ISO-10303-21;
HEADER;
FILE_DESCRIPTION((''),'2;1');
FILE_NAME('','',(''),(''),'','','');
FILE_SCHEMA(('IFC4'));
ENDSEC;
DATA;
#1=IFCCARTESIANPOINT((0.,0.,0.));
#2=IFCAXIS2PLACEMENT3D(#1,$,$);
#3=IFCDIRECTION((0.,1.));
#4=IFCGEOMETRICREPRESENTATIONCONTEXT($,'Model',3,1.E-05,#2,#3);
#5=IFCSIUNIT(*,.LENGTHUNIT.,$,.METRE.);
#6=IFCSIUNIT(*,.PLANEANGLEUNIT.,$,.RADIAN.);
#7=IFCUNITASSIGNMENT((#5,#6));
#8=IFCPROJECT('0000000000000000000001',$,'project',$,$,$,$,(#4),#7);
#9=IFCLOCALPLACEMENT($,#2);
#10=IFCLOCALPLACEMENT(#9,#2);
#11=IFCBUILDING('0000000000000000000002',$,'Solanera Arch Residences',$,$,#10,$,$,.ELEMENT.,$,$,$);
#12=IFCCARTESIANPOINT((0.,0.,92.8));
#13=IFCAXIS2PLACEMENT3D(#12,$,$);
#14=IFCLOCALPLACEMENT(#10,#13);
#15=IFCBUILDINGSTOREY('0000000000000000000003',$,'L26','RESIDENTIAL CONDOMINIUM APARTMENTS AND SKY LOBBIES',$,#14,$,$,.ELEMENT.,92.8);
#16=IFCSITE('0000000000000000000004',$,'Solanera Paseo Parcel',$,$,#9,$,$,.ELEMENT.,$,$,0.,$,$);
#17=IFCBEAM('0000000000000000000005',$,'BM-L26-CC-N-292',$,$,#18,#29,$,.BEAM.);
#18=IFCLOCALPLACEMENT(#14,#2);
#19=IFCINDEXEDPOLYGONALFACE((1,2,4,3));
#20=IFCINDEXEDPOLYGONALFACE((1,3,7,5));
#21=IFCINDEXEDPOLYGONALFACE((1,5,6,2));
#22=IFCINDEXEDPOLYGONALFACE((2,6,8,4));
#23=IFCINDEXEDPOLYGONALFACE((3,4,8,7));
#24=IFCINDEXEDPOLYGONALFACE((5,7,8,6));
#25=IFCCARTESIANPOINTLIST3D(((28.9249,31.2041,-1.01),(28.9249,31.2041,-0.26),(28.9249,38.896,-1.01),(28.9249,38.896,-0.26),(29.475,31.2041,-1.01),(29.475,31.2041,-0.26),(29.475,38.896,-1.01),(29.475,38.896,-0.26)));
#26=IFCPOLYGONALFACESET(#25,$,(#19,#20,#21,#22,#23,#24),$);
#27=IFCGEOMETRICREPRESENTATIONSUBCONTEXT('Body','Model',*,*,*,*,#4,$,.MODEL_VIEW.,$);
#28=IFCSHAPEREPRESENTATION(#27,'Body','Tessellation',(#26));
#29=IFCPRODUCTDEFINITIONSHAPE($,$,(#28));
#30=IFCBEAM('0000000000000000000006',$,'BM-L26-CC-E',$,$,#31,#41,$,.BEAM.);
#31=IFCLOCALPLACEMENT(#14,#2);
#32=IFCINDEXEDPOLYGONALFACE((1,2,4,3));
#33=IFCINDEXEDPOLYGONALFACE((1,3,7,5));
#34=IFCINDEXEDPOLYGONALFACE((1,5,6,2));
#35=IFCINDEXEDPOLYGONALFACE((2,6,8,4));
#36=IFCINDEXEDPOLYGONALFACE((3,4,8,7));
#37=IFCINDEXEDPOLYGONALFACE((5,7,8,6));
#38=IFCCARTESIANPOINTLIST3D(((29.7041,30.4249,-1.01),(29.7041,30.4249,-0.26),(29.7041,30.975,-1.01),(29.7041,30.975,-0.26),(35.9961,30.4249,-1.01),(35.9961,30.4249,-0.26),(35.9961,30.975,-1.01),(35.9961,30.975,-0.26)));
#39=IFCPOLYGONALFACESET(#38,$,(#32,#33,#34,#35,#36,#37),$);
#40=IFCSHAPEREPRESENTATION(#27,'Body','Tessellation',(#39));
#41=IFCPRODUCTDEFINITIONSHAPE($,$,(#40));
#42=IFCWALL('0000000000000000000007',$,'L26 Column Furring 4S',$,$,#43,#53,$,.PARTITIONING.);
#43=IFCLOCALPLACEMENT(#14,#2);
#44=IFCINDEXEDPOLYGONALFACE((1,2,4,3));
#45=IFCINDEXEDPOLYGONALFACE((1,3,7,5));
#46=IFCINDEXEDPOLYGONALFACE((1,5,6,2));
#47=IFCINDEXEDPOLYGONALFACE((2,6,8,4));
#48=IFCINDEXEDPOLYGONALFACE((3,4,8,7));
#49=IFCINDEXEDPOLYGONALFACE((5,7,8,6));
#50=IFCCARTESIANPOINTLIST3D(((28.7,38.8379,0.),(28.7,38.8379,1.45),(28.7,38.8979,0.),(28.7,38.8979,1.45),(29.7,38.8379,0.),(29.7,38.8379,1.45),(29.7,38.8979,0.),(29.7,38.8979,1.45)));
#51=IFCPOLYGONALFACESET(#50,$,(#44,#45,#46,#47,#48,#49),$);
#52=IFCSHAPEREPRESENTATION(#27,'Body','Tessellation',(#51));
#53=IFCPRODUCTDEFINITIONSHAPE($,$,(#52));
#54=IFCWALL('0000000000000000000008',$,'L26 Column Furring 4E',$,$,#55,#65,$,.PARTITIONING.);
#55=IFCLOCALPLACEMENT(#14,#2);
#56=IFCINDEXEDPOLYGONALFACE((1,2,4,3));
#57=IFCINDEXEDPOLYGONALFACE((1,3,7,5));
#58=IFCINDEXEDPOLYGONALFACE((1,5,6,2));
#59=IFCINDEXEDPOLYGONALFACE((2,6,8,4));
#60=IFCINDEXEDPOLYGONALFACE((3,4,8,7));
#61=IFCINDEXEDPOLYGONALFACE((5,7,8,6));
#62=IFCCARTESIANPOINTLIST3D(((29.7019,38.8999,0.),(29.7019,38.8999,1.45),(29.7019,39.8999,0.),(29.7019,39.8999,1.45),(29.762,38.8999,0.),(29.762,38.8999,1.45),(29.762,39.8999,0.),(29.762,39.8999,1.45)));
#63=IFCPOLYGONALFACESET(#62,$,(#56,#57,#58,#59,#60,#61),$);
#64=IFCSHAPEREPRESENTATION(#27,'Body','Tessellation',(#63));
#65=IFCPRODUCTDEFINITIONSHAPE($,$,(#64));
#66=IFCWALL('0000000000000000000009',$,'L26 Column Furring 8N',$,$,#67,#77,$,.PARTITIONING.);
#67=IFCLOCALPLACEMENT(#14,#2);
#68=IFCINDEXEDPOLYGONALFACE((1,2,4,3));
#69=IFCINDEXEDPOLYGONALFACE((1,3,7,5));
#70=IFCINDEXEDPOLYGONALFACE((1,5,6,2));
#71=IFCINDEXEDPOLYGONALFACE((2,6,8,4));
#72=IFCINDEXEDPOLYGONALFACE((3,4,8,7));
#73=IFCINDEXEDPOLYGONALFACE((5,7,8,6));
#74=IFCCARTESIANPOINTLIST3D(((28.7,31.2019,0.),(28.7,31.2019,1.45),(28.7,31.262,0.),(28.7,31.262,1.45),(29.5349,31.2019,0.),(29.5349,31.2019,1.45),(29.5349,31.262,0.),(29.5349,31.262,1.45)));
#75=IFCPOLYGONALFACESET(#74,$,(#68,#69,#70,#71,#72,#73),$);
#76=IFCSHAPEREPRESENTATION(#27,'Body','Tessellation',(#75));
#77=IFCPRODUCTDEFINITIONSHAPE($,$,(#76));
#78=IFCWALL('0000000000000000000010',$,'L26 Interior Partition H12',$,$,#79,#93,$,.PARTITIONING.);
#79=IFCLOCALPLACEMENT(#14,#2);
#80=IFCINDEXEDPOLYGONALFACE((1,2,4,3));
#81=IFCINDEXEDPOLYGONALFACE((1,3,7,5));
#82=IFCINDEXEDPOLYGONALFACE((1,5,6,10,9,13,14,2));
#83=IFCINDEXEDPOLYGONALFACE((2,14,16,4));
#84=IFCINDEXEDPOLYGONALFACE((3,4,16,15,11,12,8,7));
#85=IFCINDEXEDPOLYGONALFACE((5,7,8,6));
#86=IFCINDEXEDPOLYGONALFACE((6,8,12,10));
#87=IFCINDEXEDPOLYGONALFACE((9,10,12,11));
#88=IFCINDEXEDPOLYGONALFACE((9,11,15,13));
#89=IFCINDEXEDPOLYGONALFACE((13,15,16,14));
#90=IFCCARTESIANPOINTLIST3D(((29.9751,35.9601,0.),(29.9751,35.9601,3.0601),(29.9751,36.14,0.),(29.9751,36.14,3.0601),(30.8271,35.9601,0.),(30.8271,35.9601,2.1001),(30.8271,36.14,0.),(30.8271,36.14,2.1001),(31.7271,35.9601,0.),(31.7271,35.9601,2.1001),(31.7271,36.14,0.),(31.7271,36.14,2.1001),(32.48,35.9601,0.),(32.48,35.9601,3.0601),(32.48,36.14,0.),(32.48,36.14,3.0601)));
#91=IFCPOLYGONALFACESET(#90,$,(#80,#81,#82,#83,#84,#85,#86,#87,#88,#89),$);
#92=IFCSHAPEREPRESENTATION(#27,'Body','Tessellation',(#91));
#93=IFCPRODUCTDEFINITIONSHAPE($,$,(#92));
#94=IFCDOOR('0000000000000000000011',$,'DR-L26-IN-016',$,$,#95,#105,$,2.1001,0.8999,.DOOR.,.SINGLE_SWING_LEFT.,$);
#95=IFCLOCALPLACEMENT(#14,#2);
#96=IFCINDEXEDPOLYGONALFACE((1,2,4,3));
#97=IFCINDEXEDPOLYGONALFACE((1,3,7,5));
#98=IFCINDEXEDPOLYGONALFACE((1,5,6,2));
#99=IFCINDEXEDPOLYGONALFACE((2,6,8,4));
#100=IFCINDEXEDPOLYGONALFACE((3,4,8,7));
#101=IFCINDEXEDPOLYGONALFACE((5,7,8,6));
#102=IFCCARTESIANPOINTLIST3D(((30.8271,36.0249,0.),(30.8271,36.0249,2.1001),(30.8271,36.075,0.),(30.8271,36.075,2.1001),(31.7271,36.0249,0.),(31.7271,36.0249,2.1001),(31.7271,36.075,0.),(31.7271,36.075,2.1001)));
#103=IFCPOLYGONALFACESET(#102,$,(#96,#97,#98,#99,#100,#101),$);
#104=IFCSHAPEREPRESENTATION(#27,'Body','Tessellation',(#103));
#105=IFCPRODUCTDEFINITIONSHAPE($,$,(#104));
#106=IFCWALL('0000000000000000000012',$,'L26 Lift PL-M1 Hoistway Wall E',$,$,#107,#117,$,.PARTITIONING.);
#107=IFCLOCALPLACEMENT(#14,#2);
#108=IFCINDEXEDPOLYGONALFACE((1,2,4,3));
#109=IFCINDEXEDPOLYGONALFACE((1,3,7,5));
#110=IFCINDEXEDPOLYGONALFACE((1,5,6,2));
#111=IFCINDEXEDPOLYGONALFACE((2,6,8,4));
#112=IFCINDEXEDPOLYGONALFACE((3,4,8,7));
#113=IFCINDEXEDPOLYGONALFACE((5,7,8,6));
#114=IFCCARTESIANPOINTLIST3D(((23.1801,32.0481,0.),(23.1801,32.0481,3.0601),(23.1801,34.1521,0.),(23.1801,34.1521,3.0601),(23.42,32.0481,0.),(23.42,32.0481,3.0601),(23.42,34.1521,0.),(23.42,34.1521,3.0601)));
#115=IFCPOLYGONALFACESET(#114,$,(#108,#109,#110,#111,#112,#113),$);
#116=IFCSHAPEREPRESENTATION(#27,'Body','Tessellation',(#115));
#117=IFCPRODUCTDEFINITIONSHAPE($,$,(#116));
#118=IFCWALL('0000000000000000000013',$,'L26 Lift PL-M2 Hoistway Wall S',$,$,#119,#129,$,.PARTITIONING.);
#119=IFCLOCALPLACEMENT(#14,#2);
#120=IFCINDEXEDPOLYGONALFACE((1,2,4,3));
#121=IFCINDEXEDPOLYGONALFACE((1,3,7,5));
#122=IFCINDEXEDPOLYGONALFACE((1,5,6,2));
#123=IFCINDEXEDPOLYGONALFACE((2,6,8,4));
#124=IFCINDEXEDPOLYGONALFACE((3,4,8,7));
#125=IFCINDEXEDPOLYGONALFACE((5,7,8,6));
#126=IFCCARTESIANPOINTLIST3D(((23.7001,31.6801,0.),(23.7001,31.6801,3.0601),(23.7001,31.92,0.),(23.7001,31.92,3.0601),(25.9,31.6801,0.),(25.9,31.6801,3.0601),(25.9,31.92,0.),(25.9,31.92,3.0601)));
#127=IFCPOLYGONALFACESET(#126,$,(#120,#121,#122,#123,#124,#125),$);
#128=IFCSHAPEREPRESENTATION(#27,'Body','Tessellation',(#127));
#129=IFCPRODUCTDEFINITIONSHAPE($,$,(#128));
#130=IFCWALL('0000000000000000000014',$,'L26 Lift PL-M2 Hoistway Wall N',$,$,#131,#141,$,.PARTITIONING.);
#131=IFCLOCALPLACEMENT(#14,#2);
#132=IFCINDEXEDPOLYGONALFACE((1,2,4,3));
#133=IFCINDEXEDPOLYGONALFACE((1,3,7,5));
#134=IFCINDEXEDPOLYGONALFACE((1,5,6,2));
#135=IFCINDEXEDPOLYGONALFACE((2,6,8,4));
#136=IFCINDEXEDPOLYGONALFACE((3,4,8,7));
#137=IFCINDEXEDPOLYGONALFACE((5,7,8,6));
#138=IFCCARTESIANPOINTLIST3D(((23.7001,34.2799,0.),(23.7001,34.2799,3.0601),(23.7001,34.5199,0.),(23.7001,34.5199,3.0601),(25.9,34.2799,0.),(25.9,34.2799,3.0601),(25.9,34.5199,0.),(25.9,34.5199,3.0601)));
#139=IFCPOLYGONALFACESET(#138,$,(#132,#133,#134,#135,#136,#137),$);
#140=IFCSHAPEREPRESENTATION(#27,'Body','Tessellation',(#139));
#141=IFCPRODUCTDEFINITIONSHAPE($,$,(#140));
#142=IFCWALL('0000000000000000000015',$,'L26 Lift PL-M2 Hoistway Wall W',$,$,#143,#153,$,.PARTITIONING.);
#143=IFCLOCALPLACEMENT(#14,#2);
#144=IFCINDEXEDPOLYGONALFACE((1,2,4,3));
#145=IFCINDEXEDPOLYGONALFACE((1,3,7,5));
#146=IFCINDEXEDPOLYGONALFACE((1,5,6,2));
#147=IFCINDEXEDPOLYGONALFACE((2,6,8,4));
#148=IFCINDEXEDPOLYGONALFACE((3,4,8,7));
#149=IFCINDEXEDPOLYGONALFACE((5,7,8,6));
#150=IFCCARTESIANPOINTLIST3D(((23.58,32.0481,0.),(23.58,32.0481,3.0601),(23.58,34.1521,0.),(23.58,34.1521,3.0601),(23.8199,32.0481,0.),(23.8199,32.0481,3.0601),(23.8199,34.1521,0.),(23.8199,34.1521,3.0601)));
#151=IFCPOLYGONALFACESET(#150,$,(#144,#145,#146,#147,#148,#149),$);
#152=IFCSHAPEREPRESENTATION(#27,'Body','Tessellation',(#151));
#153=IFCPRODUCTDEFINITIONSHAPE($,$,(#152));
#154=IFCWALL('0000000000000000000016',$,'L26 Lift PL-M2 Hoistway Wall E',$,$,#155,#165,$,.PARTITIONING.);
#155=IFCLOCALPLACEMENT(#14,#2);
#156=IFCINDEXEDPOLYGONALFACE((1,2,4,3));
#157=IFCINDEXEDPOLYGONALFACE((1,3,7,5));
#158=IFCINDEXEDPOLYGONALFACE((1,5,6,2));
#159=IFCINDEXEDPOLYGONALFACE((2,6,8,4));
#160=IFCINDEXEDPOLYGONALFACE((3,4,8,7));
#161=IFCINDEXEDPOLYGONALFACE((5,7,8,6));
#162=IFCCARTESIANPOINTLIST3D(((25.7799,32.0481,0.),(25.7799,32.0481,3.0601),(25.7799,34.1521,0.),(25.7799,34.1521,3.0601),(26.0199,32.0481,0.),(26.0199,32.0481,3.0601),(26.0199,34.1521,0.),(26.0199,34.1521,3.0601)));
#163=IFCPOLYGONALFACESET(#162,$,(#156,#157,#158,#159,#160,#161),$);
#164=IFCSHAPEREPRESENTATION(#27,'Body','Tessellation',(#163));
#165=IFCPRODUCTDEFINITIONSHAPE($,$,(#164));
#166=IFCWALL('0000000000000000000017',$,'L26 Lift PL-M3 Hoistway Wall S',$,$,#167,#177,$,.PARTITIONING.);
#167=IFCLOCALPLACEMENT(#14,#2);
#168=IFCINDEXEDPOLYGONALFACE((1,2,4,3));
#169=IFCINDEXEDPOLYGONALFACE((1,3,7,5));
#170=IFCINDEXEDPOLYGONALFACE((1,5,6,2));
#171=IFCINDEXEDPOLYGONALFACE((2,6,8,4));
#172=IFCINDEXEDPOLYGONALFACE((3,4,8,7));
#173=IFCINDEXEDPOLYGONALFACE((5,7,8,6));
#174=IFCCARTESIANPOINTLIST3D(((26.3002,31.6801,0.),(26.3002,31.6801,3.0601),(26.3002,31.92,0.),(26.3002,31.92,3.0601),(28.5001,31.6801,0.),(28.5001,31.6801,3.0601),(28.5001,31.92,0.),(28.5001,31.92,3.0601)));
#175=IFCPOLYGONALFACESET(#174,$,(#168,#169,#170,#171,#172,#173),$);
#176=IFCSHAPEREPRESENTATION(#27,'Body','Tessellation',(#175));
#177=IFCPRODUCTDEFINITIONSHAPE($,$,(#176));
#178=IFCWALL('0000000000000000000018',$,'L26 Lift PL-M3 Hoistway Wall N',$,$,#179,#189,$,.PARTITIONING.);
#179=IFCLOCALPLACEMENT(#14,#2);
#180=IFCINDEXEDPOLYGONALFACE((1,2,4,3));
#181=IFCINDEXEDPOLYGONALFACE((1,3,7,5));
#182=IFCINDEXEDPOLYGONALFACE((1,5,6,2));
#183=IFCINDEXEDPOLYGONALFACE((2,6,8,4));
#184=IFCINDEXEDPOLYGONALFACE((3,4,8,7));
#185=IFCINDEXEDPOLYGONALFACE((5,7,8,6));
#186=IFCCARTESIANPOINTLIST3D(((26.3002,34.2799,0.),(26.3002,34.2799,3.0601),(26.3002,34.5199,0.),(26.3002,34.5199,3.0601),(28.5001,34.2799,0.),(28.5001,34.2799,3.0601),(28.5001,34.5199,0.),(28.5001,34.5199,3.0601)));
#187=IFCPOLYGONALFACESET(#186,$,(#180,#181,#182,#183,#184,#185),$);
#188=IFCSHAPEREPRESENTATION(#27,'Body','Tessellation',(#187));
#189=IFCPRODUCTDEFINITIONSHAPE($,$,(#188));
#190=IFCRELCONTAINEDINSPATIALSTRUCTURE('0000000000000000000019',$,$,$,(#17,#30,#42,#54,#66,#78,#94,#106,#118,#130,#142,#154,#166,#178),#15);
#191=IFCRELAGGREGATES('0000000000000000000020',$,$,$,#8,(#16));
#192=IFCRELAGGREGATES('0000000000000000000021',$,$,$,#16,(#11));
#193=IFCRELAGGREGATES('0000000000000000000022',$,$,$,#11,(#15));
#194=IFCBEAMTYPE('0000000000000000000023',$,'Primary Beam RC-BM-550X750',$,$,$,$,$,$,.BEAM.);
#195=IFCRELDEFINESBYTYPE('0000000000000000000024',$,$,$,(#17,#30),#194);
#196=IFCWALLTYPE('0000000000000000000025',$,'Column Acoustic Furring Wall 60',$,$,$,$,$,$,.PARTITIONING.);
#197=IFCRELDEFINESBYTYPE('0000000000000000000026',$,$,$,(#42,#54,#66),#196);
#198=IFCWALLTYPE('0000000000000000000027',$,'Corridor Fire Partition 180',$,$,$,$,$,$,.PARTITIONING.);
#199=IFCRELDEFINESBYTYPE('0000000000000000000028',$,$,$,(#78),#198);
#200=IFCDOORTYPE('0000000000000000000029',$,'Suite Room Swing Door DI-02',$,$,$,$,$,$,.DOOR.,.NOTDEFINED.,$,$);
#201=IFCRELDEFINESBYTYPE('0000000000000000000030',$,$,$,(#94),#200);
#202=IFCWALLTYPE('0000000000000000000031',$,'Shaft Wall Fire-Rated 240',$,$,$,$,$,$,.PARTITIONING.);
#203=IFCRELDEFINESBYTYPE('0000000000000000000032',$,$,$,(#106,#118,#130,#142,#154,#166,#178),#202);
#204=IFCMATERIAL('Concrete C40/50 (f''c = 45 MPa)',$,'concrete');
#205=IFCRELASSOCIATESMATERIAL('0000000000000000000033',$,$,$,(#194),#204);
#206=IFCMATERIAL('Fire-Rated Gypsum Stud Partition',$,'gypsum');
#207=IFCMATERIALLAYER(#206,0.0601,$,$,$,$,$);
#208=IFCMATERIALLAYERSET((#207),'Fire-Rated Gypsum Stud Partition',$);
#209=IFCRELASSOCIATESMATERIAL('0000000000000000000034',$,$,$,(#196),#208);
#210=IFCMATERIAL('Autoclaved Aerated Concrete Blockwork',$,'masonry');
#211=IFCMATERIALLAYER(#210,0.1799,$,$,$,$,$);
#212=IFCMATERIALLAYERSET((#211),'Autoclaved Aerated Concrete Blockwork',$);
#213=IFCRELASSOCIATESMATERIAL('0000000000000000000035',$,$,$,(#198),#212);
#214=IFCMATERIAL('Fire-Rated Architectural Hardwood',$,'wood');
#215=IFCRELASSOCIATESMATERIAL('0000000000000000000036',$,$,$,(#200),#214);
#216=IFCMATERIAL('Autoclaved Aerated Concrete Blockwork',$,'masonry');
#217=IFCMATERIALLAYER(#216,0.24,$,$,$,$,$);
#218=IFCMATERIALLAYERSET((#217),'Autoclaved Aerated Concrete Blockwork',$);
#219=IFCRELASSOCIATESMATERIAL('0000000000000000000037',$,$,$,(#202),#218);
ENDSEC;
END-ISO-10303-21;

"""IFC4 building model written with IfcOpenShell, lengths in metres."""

from ifc_helpers import new_model, si_unit, direction, frame, frame_2d, origin, origin_2d, place, context, subcontext, project, spatial, rectangle, extrude, material, layer, layer_set, material_profile, profile_set, type_object, element, fill, save


model = new_model("IFC4")

# Units and contexts
model_context = context("Model", 3, precision=1e-05, world=origin(), true_north=direction((0.0, 1.0)))
body_context = subcontext(model_context, "Body", "Model", "MODEL_VIEW")
ifc_project = project(units=[si_unit("LENGTHUNIT", "METRE"), si_unit("PLANEANGLEUNIT", "RADIAN")], contexts=[model_context])

# Site, building, storey
site_placement = place(None, origin())
site = spatial("IfcSite", under=ifc_project, at=site_placement, Name="Solanera Paseo Parcel", CompositionType="ELEMENT", RefElevation=0.0)
building_placement = place(site_placement, origin())
building = spatial("IfcBuilding", under=site, at=building_placement, Name="Solanera Arch Residences", CompositionType="ELEMENT")
storey_placement = place(building_placement, frame((0.0, 0.0, 92.8)))
storey = spatial("IfcBuildingStorey", under=building, at=storey_placement, Name="L26", Description="RESIDENTIAL CONDOMINIUM APARTMENTS AND SKY LOBBIES", CompositionType="ELEMENT", Elevation=92.8)

# Beams
ifc_material_1 = material(Name="Concrete C40/50 (f'c = 45 MPa)", Category="concrete")
ifc_material_profile = material_profile(ifc_material_1, rectangle(XDim=0.55, YDim=0.75, at=origin_2d()))
ifc_profile_set = profile_set([ifc_material_profile], Name="Concrete C40/50 (f'c = 45 MPa)")
beam_type = type_object("IfcBeamType", Name="Primary Beam RC-BM-550X750", PredefinedType="BEAM", material=ifc_profile_set)
beam_1_placement = place(storey_placement, frame((29.2, 31.2041, -0.635), z_axis=(0.0, 1.0, 0.0), x_axis=(-1.0, 0.0, 0.0)))
element("IfcBeam", 1, at=beam_1_placement, inside=storey, type_object=beam_type, Name="BM-L26-CC-N-292", PredefinedType="BEAM", context=body_context, shape_type="SweptSolid", body=[
    extrude(rectangle(XDim=0.55, YDim=0.75, at=origin_2d()), origin(), (0.0, 0.0, 1.0), 7.6919),
])
beam_2_placement = place(storey_placement, frame((29.7041, 30.7, -0.635), z_axis=(1.0, 0.0, 0.0), x_axis=(0.0, 1.0, 0.0)))
element("IfcBeam", 2, at=beam_2_placement, inside=storey, type_object=beam_type, Name="BM-L26-CC-E", PredefinedType="BEAM", context=body_context, shape_type="SweptSolid", body=[
    extrude(rectangle(XDim=0.55, YDim=0.75, at=origin_2d()), origin(), (0.0, 0.0, 1.0), 6.292),
])

# Walls
ifc_material_2 = material(Name="Fire-Rated Gypsum Stud Partition", Category="gypsum")
ifc_layer_1 = layer(ifc_material_2, 0.0601)
ifc_layer_set_1 = layer_set([ifc_layer_1], Name="Fire-Rated Gypsum Stud Partition")
wall_type_1 = type_object("IfcWallType", Name="Column Acoustic Furring Wall 60", PredefinedType="PARTITIONING", material=ifc_layer_set_1)
for number, where, z_axis, x_axis, name in (
    (3, (28.7, 38.8679, 0.0), (0.0, 0.0, 1.0), (1.0, 0.0, 0.0), "L26 Column Furring 4S"),
    (4, (29.7319, 38.8999, 0.0), (0.0, 0.0, 1.0), (0.0, 1.0, 0.0), "L26 Column Furring 4E"),
):
    element("IfcWall", number, at=place(storey_placement, frame(where, z_axis=z_axis, x_axis=x_axis)), inside=storey, type_object=wall_type_1, Name=name, PredefinedType="PARTITIONING", context=body_context, shape_type="SweptSolid", body=[
        extrude(rectangle(XDim=1.0, YDim=0.0601, at=frame_2d((0.5, 0.0))), origin(), (0.0, 0.0, 1.0), 1.45),
    ])
wall_1_placement = place(storey_placement, frame((28.7, 31.2319, 0.0), z_axis=(0.0, 0.0, 1.0), x_axis=(1.0, 0.0, 0.0)))
element("IfcWall", 5, at=wall_1_placement, inside=storey, type_object=wall_type_1, Name="L26 Column Furring 8N", PredefinedType="PARTITIONING", context=body_context, shape_type="SweptSolid", body=[
    extrude(rectangle(XDim=0.835, YDim=0.0601, at=frame_2d((0.4175, 0.0))), origin(), (0.0, 0.0, 1.0), 1.45),
])

# Wall, opening, door
ifc_material_3 = material(Name="Autoclaved Aerated Concrete Blockwork", Category="masonry")
ifc_layer_2 = layer(ifc_material_3, 0.1799)
ifc_layer_set_2 = layer_set([ifc_layer_2], Name="Autoclaved Aerated Concrete Blockwork")
wall_type_2 = type_object("IfcWallType", Name="Corridor Fire Partition 180", PredefinedType="PARTITIONING", material=ifc_layer_set_2)
wall_2_placement = place(storey_placement, frame((29.9751, 36.05, 0.0), z_axis=(0.0, 0.0, 1.0), x_axis=(1.0, 0.0, 0.0)))
wall_2 = element("IfcWall", 6, at=wall_2_placement, inside=storey, type_object=wall_type_2, Name="L26 Interior Partition H12", PredefinedType="PARTITIONING", context=body_context, shape_type="SweptSolid", body=[
    extrude(rectangle(XDim=2.5049, YDim=0.1799, at=frame_2d((1.2524, 0.0))), origin(), (0.0, 0.0, 1.0), 3.0601),
])
opening_1_placement = place(wall_2_placement, frame((0.8521, 0.0, 0.0)))
opening_1 = element("IfcOpeningElement", 7, at=opening_1_placement, cuts=wall_2, PredefinedType="OPENING", context=body_context, shape_type="SweptSolid", body=[
    extrude(rectangle(XDim=0.8999, YDim=2.1001, at=frame_2d((0.45, 1.05))), frame((0.0, 0.1001, 0.0), z_axis=(0.0, -1.0, 0.0), x_axis=(1.0, 0.0, 0.0)), (0.0, 0.0, 1.0), 0.1999),
])
ifc_material_4 = material(Name="Fire-Rated Architectural Hardwood", Category="wood")
door_type_1 = type_object("IfcDoorType", Name="Suite Room Swing Door DI-02", OperationType="NOTDEFINED", PredefinedType="DOOR", material=ifc_material_4)
door_1_placement = place(opening_1_placement, origin())
door_1 = element("IfcDoor", 8, at=door_1_placement, inside=storey, type_object=door_type_1, Name="DR-L26-IN-016", OperationType="SINGLE_SWING_LEFT", OverallHeight=2.1001, OverallWidth=0.8999, PredefinedType="DOOR", context=body_context, shape_type="SweptSolid", body=[
    extrude(rectangle(XDim=0.8999, YDim=2.1001, at=frame_2d((0.45, 1.05))), frame((0.0, 0.0249, 0.0), z_axis=(0.0, -1.0, 0.0), x_axis=(1.0, 0.0, 0.0)), (0.0, 0.0, 1.0), 0.05),
])
fill(opening_1, door_1)

# Walls
ifc_material_5 = material(Name="Autoclaved Aerated Concrete Blockwork", Category="masonry")
ifc_layer_3 = layer(ifc_material_5, 0.24)
ifc_layer_set_3 = layer_set([ifc_layer_3], Name="Autoclaved Aerated Concrete Blockwork")
wall_type_3 = type_object("IfcWallType", Name="Shaft Wall Fire-Rated 240", PredefinedType="PARTITIONING", material=ifc_layer_set_3)
wall_3_placement = place(storey_placement, frame((23.3, 32.0481, 0.0), z_axis=(0.0, 0.0, 1.0), x_axis=(0.0, 1.0, 0.0)))
element("IfcWall", 9, at=wall_3_placement, inside=storey, type_object=wall_type_3, Name="L26 Lift PL-M1 Hoistway Wall E", PredefinedType="PARTITIONING", context=body_context, shape_type="SweptSolid", body=[
    extrude(rectangle(XDim=2.104, YDim=0.24, at=frame_2d((1.052, 0.0))), origin(), (0.0, 0.0, 1.0), 3.0601),
])
for number, where, z_axis, x_axis, name in (
    (10, (23.7, 31.8, 0.0), (0.0, 0.0, 1.0), (1.0, 0.0, 0.0), "L26 Lift PL-M2 Hoistway Wall S"),
    (11, (23.7, 34.3999, 0.0), (0.0, 0.0, 1.0), (1.0, 0.0, 0.0), "L26 Lift PL-M2 Hoistway Wall N"),
):
    element("IfcWall", number, at=place(storey_placement, frame(where, z_axis=z_axis, x_axis=x_axis)), inside=storey, type_object=wall_type_3, Name=name, PredefinedType="PARTITIONING", context=body_context, shape_type="SweptSolid", body=[
        extrude(rectangle(XDim=2.2, YDim=0.24, at=frame_2d((1.1001, 0.0))), origin(), (0.0, 0.0, 1.0), 3.0601),
    ])
for number, where, z_axis, x_axis, name in (
    (12, (23.7, 32.0481, 0.0), (0.0, 0.0, 1.0), (0.0, 1.0, 0.0), "L26 Lift PL-M2 Hoistway Wall W"),
    (13, (25.8999, 32.0481, 0.0), (0.0, 0.0, 1.0), (0.0, 1.0, 0.0), "L26 Lift PL-M2 Hoistway Wall E"),
):
    element("IfcWall", number, at=place(storey_placement, frame(where, z_axis=z_axis, x_axis=x_axis)), inside=storey, type_object=wall_type_3, Name=name, PredefinedType="PARTITIONING", context=body_context, shape_type="SweptSolid", body=[
        extrude(rectangle(XDim=2.104, YDim=0.24, at=frame_2d((1.052, 0.0))), origin(), (0.0, 0.0, 1.0), 3.0601),
    ])
for number, where, z_axis, x_axis, name in (
    (14, (26.3, 31.8, 0.0), (0.0, 0.0, 1.0), (1.0, 0.0, 0.0), "L26 Lift PL-M3 Hoistway Wall S"),
    (15, (26.3, 34.3999, 0.0), (0.0, 0.0, 1.0), (1.0, 0.0, 0.0), "L26 Lift PL-M3 Hoistway Wall N"),
):
    element("IfcWall", number, at=place(storey_placement, frame(where, z_axis=z_axis, x_axis=x_axis)), inside=storey, type_object=wall_type_3, Name=name, PredefinedType="PARTITIONING", context=body_context, shape_type="SweptSolid", body=[
        extrude(rectangle(XDim=2.2, YDim=0.24, at=frame_2d((1.1001, 0.0))), origin(), (0.0, 0.0, 1.0), 3.0601),
    ])

save(model, "model.ifc")
